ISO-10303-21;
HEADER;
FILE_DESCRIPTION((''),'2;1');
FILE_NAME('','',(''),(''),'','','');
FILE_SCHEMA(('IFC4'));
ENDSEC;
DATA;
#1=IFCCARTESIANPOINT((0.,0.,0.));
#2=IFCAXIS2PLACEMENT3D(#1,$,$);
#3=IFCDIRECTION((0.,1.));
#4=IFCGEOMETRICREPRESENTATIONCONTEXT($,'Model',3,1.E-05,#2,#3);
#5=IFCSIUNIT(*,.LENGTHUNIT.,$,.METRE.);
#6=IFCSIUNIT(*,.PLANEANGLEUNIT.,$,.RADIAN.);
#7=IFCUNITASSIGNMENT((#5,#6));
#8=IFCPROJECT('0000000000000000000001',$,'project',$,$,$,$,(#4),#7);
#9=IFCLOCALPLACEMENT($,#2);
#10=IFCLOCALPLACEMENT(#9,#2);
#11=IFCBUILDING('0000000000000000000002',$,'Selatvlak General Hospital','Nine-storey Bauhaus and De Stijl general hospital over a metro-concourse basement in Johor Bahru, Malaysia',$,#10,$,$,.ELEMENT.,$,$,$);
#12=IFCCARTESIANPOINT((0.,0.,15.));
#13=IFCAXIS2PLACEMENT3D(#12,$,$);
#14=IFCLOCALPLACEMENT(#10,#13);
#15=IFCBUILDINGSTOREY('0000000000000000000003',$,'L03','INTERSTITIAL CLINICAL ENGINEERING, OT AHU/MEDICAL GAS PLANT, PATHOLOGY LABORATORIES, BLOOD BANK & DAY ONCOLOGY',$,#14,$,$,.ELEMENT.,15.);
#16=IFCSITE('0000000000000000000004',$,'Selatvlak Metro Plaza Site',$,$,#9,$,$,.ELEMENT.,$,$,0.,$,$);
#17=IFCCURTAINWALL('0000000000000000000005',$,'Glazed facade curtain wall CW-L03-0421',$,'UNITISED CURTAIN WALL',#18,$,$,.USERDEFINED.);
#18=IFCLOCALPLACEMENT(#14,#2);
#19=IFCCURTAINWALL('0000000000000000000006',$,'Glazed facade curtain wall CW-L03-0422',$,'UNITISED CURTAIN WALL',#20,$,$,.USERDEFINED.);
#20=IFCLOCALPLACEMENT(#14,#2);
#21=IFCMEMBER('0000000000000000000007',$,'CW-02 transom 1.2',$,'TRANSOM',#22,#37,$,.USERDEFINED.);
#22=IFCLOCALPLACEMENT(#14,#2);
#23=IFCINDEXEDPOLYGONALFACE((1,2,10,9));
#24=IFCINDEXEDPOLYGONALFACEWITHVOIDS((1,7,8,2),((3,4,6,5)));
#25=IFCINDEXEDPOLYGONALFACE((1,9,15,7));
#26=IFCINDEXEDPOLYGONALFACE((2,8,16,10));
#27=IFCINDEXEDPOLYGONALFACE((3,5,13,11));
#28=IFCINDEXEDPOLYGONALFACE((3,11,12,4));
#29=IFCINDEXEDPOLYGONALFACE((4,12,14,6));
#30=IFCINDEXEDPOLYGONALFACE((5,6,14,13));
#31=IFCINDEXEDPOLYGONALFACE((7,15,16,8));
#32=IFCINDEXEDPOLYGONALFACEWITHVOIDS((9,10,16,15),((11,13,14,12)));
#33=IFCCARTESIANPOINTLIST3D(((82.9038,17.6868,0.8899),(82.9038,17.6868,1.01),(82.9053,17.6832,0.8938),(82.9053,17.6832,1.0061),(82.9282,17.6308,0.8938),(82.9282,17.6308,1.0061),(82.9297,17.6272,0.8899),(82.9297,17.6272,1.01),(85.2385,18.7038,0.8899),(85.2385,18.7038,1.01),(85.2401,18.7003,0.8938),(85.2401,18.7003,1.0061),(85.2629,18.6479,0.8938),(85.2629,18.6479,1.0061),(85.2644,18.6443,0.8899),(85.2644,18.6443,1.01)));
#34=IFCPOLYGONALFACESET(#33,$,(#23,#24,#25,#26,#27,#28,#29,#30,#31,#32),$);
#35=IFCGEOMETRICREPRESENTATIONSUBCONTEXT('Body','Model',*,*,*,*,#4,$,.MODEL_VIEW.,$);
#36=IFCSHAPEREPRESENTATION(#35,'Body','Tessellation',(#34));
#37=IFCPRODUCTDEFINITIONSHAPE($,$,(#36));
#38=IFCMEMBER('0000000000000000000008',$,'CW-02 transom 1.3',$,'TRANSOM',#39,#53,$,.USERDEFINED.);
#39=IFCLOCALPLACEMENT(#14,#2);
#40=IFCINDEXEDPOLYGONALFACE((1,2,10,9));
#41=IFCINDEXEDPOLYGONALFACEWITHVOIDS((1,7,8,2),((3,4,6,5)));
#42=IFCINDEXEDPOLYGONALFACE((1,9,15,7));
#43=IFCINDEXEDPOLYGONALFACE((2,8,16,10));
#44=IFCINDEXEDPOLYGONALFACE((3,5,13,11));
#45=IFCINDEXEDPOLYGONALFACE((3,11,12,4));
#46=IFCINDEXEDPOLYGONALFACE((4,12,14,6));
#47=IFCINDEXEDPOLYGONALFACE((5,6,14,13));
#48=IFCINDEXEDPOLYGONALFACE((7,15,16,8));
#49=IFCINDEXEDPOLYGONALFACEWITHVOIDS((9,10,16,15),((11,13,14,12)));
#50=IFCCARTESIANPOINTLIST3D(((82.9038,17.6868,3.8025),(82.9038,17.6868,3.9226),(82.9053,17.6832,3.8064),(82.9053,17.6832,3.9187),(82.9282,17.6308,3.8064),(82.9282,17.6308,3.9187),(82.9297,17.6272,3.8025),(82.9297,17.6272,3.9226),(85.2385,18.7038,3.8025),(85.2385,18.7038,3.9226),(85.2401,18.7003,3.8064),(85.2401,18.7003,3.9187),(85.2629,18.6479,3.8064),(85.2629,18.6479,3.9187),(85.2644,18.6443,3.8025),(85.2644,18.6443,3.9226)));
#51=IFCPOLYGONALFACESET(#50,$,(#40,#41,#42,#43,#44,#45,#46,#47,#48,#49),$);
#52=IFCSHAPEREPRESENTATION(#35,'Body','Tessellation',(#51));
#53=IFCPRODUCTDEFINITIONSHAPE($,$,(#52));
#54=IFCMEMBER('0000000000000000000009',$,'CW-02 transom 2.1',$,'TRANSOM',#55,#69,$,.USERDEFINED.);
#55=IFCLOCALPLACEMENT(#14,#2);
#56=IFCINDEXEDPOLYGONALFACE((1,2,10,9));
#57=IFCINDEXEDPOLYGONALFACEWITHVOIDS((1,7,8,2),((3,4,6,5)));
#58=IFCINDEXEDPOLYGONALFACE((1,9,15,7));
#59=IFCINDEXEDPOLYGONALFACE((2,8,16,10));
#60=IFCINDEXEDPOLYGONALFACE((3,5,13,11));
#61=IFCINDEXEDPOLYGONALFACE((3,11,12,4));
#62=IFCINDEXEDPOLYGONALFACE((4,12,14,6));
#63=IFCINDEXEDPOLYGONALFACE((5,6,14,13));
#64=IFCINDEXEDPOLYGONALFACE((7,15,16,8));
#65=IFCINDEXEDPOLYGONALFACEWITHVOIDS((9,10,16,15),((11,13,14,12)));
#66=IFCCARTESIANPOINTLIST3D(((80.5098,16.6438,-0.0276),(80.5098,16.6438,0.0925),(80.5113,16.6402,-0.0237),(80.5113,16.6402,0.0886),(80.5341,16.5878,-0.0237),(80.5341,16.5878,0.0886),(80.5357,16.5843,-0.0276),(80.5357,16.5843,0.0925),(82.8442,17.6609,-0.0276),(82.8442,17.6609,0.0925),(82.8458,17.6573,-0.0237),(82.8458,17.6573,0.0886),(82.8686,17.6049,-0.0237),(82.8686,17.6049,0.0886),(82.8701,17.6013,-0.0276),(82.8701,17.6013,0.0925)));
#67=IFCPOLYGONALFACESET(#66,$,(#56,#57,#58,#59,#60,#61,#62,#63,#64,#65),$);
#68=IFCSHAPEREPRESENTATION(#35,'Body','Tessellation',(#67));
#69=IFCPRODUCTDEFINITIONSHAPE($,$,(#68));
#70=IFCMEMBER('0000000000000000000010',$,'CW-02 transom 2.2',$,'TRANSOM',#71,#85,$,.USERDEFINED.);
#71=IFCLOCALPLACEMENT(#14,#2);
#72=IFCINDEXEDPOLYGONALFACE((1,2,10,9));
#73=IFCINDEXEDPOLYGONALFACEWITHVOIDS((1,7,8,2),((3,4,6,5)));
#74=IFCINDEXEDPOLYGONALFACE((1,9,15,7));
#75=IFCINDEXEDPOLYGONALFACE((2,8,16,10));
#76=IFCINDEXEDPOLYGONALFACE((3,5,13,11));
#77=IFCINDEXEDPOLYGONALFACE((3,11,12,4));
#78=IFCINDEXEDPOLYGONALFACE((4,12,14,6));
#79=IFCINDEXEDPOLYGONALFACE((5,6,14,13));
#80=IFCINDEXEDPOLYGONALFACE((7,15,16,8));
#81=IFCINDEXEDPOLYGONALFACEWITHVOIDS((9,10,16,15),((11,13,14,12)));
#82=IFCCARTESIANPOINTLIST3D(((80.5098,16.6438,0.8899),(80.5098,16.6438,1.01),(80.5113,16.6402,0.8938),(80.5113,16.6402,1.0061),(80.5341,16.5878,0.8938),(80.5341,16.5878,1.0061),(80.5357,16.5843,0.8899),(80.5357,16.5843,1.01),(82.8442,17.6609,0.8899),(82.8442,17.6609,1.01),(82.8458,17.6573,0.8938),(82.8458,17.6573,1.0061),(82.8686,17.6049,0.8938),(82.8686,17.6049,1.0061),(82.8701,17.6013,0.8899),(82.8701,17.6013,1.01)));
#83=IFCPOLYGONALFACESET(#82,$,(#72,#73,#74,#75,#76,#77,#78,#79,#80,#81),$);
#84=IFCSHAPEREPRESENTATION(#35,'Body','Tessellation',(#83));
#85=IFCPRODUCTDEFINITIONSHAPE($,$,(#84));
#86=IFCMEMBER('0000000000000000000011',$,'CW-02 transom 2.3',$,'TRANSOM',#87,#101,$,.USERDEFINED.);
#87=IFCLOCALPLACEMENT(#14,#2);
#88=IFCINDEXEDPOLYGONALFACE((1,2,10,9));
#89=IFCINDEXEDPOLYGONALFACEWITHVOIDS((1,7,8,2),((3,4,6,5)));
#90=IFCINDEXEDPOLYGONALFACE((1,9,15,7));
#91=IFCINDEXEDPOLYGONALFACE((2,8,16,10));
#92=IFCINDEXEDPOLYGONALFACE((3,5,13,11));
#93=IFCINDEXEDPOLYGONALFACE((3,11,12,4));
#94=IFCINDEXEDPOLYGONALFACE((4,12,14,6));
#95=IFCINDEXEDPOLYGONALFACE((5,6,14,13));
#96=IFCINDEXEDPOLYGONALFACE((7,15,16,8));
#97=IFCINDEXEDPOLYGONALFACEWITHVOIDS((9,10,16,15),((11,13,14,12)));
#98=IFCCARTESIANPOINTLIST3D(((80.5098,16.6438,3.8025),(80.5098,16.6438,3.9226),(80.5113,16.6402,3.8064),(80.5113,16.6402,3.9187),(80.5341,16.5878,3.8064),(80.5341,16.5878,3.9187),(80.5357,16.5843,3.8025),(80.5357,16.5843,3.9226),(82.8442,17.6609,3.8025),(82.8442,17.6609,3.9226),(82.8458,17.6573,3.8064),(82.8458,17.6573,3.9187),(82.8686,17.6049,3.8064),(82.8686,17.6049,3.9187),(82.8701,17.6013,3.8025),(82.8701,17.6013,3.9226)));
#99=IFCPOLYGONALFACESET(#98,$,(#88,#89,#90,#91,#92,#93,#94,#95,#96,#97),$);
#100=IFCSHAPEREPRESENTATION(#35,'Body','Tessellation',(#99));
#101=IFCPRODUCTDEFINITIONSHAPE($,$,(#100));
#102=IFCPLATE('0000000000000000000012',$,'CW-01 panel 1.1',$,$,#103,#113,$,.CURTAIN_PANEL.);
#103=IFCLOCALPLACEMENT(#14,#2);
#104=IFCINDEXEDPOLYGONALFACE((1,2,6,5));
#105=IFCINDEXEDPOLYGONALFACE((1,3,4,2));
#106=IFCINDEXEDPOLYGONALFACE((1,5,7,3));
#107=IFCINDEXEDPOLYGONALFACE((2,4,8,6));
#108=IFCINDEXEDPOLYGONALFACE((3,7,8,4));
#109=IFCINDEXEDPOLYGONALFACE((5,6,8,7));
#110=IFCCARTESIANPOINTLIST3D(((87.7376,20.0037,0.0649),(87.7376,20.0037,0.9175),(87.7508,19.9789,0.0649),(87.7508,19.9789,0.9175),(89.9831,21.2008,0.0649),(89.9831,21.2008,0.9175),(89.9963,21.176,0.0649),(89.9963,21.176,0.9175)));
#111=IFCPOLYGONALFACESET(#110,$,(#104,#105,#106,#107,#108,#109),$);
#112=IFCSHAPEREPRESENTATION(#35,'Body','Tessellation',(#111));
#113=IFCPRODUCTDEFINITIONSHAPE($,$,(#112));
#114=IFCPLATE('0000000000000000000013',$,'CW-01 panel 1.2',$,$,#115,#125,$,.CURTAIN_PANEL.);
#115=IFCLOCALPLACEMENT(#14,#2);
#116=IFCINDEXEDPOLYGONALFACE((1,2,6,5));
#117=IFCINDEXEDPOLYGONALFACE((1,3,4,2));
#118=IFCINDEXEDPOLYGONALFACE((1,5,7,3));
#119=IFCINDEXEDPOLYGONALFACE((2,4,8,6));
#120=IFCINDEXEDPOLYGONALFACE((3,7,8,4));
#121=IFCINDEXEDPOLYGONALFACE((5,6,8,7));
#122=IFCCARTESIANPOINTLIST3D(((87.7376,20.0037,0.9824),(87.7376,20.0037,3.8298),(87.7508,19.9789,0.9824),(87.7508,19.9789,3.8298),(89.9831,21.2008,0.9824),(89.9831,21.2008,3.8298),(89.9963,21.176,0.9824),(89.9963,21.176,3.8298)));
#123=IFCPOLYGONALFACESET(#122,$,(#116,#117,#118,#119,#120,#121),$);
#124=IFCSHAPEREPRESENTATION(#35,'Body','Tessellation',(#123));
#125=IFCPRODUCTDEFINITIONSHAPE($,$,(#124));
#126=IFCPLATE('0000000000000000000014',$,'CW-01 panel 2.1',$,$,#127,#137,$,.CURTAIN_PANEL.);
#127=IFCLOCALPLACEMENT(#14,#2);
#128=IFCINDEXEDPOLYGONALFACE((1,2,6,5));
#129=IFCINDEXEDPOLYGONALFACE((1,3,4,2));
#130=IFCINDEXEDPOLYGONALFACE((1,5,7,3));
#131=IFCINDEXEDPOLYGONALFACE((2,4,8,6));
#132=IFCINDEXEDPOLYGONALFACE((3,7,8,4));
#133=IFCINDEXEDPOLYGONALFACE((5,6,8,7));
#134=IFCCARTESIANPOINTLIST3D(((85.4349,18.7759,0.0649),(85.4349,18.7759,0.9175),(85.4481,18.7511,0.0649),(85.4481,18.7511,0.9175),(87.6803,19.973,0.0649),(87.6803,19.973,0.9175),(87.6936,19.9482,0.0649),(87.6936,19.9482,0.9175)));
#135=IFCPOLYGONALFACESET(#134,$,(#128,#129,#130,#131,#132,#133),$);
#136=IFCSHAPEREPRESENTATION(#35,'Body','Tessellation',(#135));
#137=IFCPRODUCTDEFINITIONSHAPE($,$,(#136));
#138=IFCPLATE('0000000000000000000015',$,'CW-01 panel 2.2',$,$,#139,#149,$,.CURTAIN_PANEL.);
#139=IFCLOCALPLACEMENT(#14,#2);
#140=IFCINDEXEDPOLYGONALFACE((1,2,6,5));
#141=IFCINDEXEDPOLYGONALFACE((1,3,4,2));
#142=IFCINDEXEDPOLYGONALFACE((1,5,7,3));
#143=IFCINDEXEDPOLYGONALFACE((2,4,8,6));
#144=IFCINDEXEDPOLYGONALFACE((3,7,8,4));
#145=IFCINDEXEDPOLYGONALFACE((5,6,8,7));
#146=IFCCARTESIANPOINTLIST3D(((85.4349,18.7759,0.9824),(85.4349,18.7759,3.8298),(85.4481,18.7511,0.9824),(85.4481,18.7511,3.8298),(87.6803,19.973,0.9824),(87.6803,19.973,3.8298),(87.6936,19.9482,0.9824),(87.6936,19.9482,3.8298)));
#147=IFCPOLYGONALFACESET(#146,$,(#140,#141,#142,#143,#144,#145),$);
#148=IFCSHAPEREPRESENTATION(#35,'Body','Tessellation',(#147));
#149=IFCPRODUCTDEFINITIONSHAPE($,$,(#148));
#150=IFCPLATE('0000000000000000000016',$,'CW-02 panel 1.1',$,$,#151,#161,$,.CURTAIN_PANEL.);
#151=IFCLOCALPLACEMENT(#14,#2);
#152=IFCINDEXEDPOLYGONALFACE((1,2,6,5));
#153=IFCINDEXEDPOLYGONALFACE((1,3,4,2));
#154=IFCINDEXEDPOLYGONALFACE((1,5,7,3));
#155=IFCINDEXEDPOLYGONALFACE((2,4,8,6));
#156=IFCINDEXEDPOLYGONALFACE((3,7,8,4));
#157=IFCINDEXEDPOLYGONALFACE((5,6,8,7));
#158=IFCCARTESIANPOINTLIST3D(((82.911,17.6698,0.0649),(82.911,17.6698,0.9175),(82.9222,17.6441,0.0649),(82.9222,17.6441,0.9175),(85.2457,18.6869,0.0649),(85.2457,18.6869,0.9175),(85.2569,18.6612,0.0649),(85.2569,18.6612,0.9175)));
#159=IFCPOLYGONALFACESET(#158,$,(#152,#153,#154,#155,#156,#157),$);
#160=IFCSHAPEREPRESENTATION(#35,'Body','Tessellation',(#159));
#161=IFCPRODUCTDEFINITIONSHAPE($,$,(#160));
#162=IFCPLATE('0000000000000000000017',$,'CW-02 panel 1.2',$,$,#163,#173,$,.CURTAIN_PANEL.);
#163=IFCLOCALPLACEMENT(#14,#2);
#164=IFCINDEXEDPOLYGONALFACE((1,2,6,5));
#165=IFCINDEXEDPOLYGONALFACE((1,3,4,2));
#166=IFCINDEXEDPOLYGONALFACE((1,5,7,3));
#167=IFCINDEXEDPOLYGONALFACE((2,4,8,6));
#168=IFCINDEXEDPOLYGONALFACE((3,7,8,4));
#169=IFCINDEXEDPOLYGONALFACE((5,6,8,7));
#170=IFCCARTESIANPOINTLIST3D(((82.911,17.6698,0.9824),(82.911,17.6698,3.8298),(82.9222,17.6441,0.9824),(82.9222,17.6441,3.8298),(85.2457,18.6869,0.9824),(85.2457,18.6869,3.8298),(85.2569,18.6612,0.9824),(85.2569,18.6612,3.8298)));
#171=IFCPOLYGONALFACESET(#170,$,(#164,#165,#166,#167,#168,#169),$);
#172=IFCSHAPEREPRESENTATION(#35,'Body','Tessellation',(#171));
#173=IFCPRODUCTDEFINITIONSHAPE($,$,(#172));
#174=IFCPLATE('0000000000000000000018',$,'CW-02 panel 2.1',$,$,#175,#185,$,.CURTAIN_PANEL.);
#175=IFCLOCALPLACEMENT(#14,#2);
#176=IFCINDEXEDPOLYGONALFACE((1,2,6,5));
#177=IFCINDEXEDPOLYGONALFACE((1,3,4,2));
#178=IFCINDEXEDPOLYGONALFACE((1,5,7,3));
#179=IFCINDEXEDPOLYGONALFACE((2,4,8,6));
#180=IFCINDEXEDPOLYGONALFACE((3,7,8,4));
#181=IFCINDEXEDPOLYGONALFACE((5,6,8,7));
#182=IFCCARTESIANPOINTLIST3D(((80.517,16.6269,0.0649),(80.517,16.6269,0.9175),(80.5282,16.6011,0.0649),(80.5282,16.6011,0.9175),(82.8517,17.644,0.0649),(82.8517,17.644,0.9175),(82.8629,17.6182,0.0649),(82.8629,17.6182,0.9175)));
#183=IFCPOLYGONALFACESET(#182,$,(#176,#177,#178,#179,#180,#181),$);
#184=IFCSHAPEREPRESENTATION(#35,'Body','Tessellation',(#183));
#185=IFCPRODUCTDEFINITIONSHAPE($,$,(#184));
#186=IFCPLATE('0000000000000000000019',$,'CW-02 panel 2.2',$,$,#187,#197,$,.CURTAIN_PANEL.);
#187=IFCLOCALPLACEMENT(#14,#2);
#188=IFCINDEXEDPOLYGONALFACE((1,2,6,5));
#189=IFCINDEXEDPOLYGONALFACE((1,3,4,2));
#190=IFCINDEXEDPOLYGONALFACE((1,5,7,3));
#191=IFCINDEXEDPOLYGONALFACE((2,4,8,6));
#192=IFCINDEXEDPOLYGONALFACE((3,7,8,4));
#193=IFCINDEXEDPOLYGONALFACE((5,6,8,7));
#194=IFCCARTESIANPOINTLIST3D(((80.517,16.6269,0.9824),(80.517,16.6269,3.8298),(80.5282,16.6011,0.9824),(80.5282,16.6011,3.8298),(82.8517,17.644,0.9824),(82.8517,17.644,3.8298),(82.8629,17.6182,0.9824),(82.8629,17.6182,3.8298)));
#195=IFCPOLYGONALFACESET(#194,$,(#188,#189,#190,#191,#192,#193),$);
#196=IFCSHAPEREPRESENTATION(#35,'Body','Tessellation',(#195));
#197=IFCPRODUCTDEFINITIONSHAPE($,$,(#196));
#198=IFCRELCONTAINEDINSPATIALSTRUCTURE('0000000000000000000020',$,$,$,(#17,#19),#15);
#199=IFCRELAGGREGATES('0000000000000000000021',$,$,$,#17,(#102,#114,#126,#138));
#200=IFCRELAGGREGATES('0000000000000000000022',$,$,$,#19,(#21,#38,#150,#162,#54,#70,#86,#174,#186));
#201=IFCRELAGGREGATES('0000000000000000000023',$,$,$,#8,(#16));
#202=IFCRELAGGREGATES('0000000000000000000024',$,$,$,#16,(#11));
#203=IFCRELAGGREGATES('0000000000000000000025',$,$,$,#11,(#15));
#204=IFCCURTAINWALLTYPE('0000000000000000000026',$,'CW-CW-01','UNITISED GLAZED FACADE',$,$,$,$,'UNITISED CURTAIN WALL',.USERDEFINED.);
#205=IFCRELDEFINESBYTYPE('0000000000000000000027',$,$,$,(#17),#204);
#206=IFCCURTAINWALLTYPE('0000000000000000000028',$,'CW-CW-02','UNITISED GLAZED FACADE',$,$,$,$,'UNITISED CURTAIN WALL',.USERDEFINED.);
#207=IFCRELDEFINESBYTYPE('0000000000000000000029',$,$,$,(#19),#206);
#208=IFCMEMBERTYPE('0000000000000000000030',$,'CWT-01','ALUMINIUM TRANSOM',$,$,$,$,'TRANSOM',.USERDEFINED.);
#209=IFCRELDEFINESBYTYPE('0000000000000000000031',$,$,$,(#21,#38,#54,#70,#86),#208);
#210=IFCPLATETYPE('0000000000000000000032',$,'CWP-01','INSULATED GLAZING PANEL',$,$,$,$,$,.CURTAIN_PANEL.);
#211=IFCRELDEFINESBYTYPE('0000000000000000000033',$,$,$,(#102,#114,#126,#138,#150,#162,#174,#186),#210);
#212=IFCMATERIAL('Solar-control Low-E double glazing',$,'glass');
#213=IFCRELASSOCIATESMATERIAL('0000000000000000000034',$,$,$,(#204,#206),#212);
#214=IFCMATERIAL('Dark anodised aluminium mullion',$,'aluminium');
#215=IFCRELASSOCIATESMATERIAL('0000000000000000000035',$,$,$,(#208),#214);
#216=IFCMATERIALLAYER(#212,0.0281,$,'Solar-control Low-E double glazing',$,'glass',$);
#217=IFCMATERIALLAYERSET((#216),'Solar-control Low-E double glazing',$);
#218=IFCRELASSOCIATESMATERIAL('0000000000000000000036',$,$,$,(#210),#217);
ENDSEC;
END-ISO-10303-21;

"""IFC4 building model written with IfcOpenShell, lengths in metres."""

from ifc_helpers import new_model, si_unit, direction, frame, origin, origin_2d, place, context, subcontext, project, spatial, rectangle, hollow_rectangle, extrude, material, layer, layer_set, material_profile, profile_set, type_object, element, aggregate, save


model = new_model("IFC4")

# Units and contexts
model_context = context("Model", 3, precision=1e-05, world=origin(), true_north=direction((0.0, 1.0)))
body_context = subcontext(model_context, "Body", "Model", "MODEL_VIEW")
ifc_project = project(units=[si_unit("LENGTHUNIT", "METRE"), si_unit("PLANEANGLEUNIT", "RADIAN")], contexts=[model_context])

# Site, building, storey
site_placement = place(None, origin())
site = spatial("IfcSite", under=ifc_project, at=site_placement, Name="Selatvlak Metro Plaza Site", CompositionType="ELEMENT", RefElevation=0.0)
building_placement = place(site_placement, origin())
building = spatial("IfcBuilding", under=site, at=building_placement, Name="Selatvlak General Hospital", Description="Nine-storey Bauhaus and De Stijl general hospital over a metro-concourse basement in Johor Bahru, Malaysia", CompositionType="ELEMENT")
storey_placement = place(building_placement, frame((0.0, 0.0, 15.0)))
storey = spatial("IfcBuildingStorey", under=building, at=storey_placement, Name="L03", Description="INTERSTITIAL CLINICAL ENGINEERING, OT AHU/MEDICAL GAS PLANT, PATHOLOGY LABORATORIES, BLOOD BANK & DAY ONCOLOGY", CompositionType="ELEMENT", Elevation=15.0)

# Curtain walls
ifc_material_1 = material(Name="Solar-control Low-E double glazing", Category="glass")
curtain_wall_type_1 = type_object("IfcCurtainWallType", Name="CW-CW-01", Description="UNITISED GLAZED FACADE", ElementType="UNITISED CURTAIN WALL", PredefinedType="USERDEFINED", material=ifc_material_1)
curtain_wall_1_placement = place(storey_placement, origin())
curtain_wall_1 = element("IfcCurtainWall", 1, at=curtain_wall_1_placement, inside=storey, type_object=curtain_wall_type_1, Name="Glazed facade curtain wall CW-L03-0421", ObjectType="UNITISED CURTAIN WALL", PredefinedType="USERDEFINED")
ifc_material_2 = material(Name="Dark anodised aluminium mullion", Category="aluminium")
curtain_wall_type_2 = type_object("IfcCurtainWallType", Name="CW-CW-02", Description="UNITISED GLAZED FACADE", ElementType="UNITISED CURTAIN WALL", PredefinedType="USERDEFINED", material=ifc_material_1)
curtain_wall_2_placement = place(storey_placement, origin())
curtain_wall_2 = element("IfcCurtainWall", 2, at=curtain_wall_2_placement, inside=storey, type_object=curtain_wall_type_2, Name="Glazed facade curtain wall CW-L03-0422", ObjectType="UNITISED CURTAIN WALL", PredefinedType="USERDEFINED")

# Members
ifc_material_profile_1 = material_profile(ifc_material_2, hollow_rectangle(XDim=0.0649, YDim=0.1201, WallThickness=0.0039, at=origin_2d()), Name="AL-TRN 65x120x4")
ifc_profile_set_1 = profile_set([ifc_material_profile_1], Name="Dark anodised aluminium mullion")
member_type_1 = type_object("IfcMemberType", Name="CWT-01", Description="ALUMINIUM TRANSOM", ElementType="TRANSOM", PredefinedType="USERDEFINED", material=ifc_profile_set_1)
member_1_placement = place(storey_placement, frame((85.2515, 18.6741, 0.95), z_axis=(-0.916783, -0.399385, 0.0), x_axis=(0.399385, -0.916783, 0.0)))
member_1 = element("IfcMember", 3, at=member_1_placement, type_object=member_type_1, Name="CW-02 transom 1.2", ObjectType="TRANSOM", PredefinedType="USERDEFINED", context=body_context, shape_type="SweptSolid", body=[
    extrude(hollow_rectangle(XDim=0.0649, YDim=0.1201, WallThickness=0.0039, at=origin_2d()), origin(), (0.0, 0.0, 1.0), 2.5466),
])
member_2_placement = place(storey_placement, frame((85.2515, 18.6741, 3.8625), z_axis=(-0.916783, -0.399385, 0.0), x_axis=(0.399385, -0.916783, 0.0)))
member_2 = element("IfcMember", 4, at=member_2_placement, type_object=member_type_1, Name="CW-02 transom 1.3", ObjectType="TRANSOM", PredefinedType="USERDEFINED", context=body_context, shape_type="SweptSolid", body=[
    extrude(hollow_rectangle(XDim=0.0649, YDim=0.1201, WallThickness=0.0039, at=origin_2d()), origin(), (0.0, 0.0, 1.0), 2.5466),
])
member_3_placement = place(storey_placement, frame((82.8572, 17.6311, 0.0325), z_axis=(-0.916768, -0.39942, 0.0), x_axis=(0.39942, -0.916768, 0.0)))
member_3 = element("IfcMember", 5, at=member_3_placement, type_object=member_type_1, Name="CW-02 transom 2.1", ObjectType="TRANSOM", PredefinedType="USERDEFINED", context=body_context, shape_type="SweptSolid", body=[
    extrude(hollow_rectangle(XDim=0.0649, YDim=0.1201, WallThickness=0.0039, at=origin_2d()), origin(), (0.0, 0.0, 1.0), 2.5464),
])
member_4_placement = place(storey_placement, frame((82.8572, 17.6311, 0.95), z_axis=(-0.916768, -0.39942, 0.0), x_axis=(0.39942, -0.916768, 0.0)))
member_4 = element("IfcMember", 6, at=member_4_placement, type_object=member_type_1, Name="CW-02 transom 2.2", ObjectType="TRANSOM", PredefinedType="USERDEFINED", context=body_context, shape_type="SweptSolid", body=[
    extrude(hollow_rectangle(XDim=0.0649, YDim=0.1201, WallThickness=0.0039, at=origin_2d()), origin(), (0.0, 0.0, 1.0), 2.5464),
])
member_5_placement = place(storey_placement, frame((82.8572, 17.6311, 3.8625), z_axis=(-0.916768, -0.39942, 0.0), x_axis=(0.39942, -0.916768, 0.0)))
member_5 = element("IfcMember", 7, at=member_5_placement, type_object=member_type_1, Name="CW-02 transom 2.3", ObjectType="TRANSOM", PredefinedType="USERDEFINED", context=body_context, shape_type="SweptSolid", body=[
    extrude(hollow_rectangle(XDim=0.0649, YDim=0.1201, WallThickness=0.0039, at=origin_2d()), origin(), (0.0, 0.0, 1.0), 2.5464),
])

# Plates
ifc_layer_1 = layer(ifc_material_1, 0.0281, Name="Solar-control Low-E double glazing", Category="glass")
ifc_layer_set_1 = layer_set([ifc_layer_1], Name="Solar-control Low-E double glazing")
plate_type = type_object("IfcPlateType", Name="CWP-01", Description="INSULATED GLAZING PANEL", PredefinedType="CURTAIN_PANEL", material=ifc_layer_set_1)
plate_1_placement = place(storey_placement, frame((88.8669, 20.5898, 0.0649), z_axis=(0.0, 0.0, 1.0), x_axis=(-0.882426, -0.470451, 0.0)))
plate_1 = element("IfcPlate", 8, at=plate_1_placement, type_object=plate_type, Name="CW-01 panel 1.1", PredefinedType="CURTAIN_PANEL", context=body_context, shape_type="SweptSolid", body=[
    extrude(rectangle(XDim=2.5447, YDim=0.0281, at=origin_2d()), origin(), (0.0, 0.0, 1.0), 0.8525),
])
plate_2_placement = place(storey_placement, frame((88.8669, 20.5898, 0.9824), z_axis=(0.0, 0.0, 1.0), x_axis=(-0.882426, -0.470451, 0.0)))
plate_2 = element("IfcPlate", 9, at=plate_2_placement, type_object=plate_type, Name="CW-01 panel 1.2", PredefinedType="CURTAIN_PANEL", context=body_context, shape_type="SweptSolid", body=[
    extrude(rectangle(XDim=2.5447, YDim=0.0281, at=origin_2d()), origin(), (0.0, 0.0, 1.0), 2.8474),
])
plate_3_placement = place(storey_placement, frame((86.5642, 19.3621, 0.0649), z_axis=(0.0, 0.0, 1.0), x_axis=(-0.882426, -0.470451, 0.0)))
plate_3 = element("IfcPlate", 10, at=plate_3_placement, type_object=plate_type, Name="CW-01 panel 2.1", PredefinedType="CURTAIN_PANEL", context=body_context, shape_type="SweptSolid", body=[
    extrude(rectangle(XDim=2.5447, YDim=0.0281, at=origin_2d()), origin(), (0.0, 0.0, 1.0), 0.8525),
])
plate_4_placement = place(storey_placement, frame((86.5642, 19.3621, 0.9824), z_axis=(0.0, 0.0, 1.0), x_axis=(-0.882426, -0.470451, 0.0)))
plate_4 = element("IfcPlate", 11, at=plate_4_placement, type_object=plate_type, Name="CW-01 panel 2.2", PredefinedType="CURTAIN_PANEL", context=body_context, shape_type="SweptSolid", body=[
    extrude(rectangle(XDim=2.5447, YDim=0.0281, at=origin_2d()), origin(), (0.0, 0.0, 1.0), 2.8474),
])
aggregate(curtain_wall_1, [plate_1, plate_2, plate_3, plate_4])
plate_5_placement = place(storey_placement, frame((84.084, 18.1655, 0.0649), z_axis=(0.0, 0.0, 1.0), x_axis=(-0.916781, -0.39939, 0.0)))
plate_5 = element("IfcPlate", 12, at=plate_5_placement, type_object=plate_type, Name="CW-02 panel 1.1", PredefinedType="CURTAIN_PANEL", context=body_context, shape_type="SweptSolid", body=[
    extrude(rectangle(XDim=2.5466, YDim=0.0281, at=origin_2d()), origin(), (0.0, 0.0, 1.0), 0.8525),
])
plate_6_placement = place(storey_placement, frame((84.084, 18.1655, 0.9824), z_axis=(0.0, 0.0, 1.0), x_axis=(-0.916781, -0.39939, 0.0)))
plate_6 = element("IfcPlate", 13, at=plate_6_placement, type_object=plate_type, Name="CW-02 panel 1.2", PredefinedType="CURTAIN_PANEL", context=body_context, shape_type="SweptSolid", body=[
    extrude(rectangle(XDim=2.5466, YDim=0.0281, at=origin_2d()), origin(), (0.0, 0.0, 1.0), 2.8474),
])
plate_7_placement = place(storey_placement, frame((81.6899, 17.1226, 0.0649), z_axis=(0.0, 0.0, 1.0), x_axis=(-0.916781, -0.39939, 0.0)))
plate_7 = element("IfcPlate", 14, at=plate_7_placement, type_object=plate_type, Name="CW-02 panel 2.1", PredefinedType="CURTAIN_PANEL", context=body_context, shape_type="SweptSolid", body=[
    extrude(rectangle(XDim=2.5466, YDim=0.0281, at=origin_2d()), origin(), (0.0, 0.0, 1.0), 0.8525),
])
plate_8_placement = place(storey_placement, frame((81.6899, 17.1226, 0.9824), z_axis=(0.0, 0.0, 1.0), x_axis=(-0.916781, -0.39939, 0.0)))
plate_8 = element("IfcPlate", 15, at=plate_8_placement, type_object=plate_type, Name="CW-02 panel 2.2", PredefinedType="CURTAIN_PANEL", context=body_context, shape_type="SweptSolid", body=[
    extrude(rectangle(XDim=2.5466, YDim=0.0281, at=origin_2d()), origin(), (0.0, 0.0, 1.0), 2.8474),
])
aggregate(curtain_wall_2, [member_1, member_2, plate_5, plate_6, member_3, member_4, member_5, plate_7, plate_8])

save(model, "model.ifc")
